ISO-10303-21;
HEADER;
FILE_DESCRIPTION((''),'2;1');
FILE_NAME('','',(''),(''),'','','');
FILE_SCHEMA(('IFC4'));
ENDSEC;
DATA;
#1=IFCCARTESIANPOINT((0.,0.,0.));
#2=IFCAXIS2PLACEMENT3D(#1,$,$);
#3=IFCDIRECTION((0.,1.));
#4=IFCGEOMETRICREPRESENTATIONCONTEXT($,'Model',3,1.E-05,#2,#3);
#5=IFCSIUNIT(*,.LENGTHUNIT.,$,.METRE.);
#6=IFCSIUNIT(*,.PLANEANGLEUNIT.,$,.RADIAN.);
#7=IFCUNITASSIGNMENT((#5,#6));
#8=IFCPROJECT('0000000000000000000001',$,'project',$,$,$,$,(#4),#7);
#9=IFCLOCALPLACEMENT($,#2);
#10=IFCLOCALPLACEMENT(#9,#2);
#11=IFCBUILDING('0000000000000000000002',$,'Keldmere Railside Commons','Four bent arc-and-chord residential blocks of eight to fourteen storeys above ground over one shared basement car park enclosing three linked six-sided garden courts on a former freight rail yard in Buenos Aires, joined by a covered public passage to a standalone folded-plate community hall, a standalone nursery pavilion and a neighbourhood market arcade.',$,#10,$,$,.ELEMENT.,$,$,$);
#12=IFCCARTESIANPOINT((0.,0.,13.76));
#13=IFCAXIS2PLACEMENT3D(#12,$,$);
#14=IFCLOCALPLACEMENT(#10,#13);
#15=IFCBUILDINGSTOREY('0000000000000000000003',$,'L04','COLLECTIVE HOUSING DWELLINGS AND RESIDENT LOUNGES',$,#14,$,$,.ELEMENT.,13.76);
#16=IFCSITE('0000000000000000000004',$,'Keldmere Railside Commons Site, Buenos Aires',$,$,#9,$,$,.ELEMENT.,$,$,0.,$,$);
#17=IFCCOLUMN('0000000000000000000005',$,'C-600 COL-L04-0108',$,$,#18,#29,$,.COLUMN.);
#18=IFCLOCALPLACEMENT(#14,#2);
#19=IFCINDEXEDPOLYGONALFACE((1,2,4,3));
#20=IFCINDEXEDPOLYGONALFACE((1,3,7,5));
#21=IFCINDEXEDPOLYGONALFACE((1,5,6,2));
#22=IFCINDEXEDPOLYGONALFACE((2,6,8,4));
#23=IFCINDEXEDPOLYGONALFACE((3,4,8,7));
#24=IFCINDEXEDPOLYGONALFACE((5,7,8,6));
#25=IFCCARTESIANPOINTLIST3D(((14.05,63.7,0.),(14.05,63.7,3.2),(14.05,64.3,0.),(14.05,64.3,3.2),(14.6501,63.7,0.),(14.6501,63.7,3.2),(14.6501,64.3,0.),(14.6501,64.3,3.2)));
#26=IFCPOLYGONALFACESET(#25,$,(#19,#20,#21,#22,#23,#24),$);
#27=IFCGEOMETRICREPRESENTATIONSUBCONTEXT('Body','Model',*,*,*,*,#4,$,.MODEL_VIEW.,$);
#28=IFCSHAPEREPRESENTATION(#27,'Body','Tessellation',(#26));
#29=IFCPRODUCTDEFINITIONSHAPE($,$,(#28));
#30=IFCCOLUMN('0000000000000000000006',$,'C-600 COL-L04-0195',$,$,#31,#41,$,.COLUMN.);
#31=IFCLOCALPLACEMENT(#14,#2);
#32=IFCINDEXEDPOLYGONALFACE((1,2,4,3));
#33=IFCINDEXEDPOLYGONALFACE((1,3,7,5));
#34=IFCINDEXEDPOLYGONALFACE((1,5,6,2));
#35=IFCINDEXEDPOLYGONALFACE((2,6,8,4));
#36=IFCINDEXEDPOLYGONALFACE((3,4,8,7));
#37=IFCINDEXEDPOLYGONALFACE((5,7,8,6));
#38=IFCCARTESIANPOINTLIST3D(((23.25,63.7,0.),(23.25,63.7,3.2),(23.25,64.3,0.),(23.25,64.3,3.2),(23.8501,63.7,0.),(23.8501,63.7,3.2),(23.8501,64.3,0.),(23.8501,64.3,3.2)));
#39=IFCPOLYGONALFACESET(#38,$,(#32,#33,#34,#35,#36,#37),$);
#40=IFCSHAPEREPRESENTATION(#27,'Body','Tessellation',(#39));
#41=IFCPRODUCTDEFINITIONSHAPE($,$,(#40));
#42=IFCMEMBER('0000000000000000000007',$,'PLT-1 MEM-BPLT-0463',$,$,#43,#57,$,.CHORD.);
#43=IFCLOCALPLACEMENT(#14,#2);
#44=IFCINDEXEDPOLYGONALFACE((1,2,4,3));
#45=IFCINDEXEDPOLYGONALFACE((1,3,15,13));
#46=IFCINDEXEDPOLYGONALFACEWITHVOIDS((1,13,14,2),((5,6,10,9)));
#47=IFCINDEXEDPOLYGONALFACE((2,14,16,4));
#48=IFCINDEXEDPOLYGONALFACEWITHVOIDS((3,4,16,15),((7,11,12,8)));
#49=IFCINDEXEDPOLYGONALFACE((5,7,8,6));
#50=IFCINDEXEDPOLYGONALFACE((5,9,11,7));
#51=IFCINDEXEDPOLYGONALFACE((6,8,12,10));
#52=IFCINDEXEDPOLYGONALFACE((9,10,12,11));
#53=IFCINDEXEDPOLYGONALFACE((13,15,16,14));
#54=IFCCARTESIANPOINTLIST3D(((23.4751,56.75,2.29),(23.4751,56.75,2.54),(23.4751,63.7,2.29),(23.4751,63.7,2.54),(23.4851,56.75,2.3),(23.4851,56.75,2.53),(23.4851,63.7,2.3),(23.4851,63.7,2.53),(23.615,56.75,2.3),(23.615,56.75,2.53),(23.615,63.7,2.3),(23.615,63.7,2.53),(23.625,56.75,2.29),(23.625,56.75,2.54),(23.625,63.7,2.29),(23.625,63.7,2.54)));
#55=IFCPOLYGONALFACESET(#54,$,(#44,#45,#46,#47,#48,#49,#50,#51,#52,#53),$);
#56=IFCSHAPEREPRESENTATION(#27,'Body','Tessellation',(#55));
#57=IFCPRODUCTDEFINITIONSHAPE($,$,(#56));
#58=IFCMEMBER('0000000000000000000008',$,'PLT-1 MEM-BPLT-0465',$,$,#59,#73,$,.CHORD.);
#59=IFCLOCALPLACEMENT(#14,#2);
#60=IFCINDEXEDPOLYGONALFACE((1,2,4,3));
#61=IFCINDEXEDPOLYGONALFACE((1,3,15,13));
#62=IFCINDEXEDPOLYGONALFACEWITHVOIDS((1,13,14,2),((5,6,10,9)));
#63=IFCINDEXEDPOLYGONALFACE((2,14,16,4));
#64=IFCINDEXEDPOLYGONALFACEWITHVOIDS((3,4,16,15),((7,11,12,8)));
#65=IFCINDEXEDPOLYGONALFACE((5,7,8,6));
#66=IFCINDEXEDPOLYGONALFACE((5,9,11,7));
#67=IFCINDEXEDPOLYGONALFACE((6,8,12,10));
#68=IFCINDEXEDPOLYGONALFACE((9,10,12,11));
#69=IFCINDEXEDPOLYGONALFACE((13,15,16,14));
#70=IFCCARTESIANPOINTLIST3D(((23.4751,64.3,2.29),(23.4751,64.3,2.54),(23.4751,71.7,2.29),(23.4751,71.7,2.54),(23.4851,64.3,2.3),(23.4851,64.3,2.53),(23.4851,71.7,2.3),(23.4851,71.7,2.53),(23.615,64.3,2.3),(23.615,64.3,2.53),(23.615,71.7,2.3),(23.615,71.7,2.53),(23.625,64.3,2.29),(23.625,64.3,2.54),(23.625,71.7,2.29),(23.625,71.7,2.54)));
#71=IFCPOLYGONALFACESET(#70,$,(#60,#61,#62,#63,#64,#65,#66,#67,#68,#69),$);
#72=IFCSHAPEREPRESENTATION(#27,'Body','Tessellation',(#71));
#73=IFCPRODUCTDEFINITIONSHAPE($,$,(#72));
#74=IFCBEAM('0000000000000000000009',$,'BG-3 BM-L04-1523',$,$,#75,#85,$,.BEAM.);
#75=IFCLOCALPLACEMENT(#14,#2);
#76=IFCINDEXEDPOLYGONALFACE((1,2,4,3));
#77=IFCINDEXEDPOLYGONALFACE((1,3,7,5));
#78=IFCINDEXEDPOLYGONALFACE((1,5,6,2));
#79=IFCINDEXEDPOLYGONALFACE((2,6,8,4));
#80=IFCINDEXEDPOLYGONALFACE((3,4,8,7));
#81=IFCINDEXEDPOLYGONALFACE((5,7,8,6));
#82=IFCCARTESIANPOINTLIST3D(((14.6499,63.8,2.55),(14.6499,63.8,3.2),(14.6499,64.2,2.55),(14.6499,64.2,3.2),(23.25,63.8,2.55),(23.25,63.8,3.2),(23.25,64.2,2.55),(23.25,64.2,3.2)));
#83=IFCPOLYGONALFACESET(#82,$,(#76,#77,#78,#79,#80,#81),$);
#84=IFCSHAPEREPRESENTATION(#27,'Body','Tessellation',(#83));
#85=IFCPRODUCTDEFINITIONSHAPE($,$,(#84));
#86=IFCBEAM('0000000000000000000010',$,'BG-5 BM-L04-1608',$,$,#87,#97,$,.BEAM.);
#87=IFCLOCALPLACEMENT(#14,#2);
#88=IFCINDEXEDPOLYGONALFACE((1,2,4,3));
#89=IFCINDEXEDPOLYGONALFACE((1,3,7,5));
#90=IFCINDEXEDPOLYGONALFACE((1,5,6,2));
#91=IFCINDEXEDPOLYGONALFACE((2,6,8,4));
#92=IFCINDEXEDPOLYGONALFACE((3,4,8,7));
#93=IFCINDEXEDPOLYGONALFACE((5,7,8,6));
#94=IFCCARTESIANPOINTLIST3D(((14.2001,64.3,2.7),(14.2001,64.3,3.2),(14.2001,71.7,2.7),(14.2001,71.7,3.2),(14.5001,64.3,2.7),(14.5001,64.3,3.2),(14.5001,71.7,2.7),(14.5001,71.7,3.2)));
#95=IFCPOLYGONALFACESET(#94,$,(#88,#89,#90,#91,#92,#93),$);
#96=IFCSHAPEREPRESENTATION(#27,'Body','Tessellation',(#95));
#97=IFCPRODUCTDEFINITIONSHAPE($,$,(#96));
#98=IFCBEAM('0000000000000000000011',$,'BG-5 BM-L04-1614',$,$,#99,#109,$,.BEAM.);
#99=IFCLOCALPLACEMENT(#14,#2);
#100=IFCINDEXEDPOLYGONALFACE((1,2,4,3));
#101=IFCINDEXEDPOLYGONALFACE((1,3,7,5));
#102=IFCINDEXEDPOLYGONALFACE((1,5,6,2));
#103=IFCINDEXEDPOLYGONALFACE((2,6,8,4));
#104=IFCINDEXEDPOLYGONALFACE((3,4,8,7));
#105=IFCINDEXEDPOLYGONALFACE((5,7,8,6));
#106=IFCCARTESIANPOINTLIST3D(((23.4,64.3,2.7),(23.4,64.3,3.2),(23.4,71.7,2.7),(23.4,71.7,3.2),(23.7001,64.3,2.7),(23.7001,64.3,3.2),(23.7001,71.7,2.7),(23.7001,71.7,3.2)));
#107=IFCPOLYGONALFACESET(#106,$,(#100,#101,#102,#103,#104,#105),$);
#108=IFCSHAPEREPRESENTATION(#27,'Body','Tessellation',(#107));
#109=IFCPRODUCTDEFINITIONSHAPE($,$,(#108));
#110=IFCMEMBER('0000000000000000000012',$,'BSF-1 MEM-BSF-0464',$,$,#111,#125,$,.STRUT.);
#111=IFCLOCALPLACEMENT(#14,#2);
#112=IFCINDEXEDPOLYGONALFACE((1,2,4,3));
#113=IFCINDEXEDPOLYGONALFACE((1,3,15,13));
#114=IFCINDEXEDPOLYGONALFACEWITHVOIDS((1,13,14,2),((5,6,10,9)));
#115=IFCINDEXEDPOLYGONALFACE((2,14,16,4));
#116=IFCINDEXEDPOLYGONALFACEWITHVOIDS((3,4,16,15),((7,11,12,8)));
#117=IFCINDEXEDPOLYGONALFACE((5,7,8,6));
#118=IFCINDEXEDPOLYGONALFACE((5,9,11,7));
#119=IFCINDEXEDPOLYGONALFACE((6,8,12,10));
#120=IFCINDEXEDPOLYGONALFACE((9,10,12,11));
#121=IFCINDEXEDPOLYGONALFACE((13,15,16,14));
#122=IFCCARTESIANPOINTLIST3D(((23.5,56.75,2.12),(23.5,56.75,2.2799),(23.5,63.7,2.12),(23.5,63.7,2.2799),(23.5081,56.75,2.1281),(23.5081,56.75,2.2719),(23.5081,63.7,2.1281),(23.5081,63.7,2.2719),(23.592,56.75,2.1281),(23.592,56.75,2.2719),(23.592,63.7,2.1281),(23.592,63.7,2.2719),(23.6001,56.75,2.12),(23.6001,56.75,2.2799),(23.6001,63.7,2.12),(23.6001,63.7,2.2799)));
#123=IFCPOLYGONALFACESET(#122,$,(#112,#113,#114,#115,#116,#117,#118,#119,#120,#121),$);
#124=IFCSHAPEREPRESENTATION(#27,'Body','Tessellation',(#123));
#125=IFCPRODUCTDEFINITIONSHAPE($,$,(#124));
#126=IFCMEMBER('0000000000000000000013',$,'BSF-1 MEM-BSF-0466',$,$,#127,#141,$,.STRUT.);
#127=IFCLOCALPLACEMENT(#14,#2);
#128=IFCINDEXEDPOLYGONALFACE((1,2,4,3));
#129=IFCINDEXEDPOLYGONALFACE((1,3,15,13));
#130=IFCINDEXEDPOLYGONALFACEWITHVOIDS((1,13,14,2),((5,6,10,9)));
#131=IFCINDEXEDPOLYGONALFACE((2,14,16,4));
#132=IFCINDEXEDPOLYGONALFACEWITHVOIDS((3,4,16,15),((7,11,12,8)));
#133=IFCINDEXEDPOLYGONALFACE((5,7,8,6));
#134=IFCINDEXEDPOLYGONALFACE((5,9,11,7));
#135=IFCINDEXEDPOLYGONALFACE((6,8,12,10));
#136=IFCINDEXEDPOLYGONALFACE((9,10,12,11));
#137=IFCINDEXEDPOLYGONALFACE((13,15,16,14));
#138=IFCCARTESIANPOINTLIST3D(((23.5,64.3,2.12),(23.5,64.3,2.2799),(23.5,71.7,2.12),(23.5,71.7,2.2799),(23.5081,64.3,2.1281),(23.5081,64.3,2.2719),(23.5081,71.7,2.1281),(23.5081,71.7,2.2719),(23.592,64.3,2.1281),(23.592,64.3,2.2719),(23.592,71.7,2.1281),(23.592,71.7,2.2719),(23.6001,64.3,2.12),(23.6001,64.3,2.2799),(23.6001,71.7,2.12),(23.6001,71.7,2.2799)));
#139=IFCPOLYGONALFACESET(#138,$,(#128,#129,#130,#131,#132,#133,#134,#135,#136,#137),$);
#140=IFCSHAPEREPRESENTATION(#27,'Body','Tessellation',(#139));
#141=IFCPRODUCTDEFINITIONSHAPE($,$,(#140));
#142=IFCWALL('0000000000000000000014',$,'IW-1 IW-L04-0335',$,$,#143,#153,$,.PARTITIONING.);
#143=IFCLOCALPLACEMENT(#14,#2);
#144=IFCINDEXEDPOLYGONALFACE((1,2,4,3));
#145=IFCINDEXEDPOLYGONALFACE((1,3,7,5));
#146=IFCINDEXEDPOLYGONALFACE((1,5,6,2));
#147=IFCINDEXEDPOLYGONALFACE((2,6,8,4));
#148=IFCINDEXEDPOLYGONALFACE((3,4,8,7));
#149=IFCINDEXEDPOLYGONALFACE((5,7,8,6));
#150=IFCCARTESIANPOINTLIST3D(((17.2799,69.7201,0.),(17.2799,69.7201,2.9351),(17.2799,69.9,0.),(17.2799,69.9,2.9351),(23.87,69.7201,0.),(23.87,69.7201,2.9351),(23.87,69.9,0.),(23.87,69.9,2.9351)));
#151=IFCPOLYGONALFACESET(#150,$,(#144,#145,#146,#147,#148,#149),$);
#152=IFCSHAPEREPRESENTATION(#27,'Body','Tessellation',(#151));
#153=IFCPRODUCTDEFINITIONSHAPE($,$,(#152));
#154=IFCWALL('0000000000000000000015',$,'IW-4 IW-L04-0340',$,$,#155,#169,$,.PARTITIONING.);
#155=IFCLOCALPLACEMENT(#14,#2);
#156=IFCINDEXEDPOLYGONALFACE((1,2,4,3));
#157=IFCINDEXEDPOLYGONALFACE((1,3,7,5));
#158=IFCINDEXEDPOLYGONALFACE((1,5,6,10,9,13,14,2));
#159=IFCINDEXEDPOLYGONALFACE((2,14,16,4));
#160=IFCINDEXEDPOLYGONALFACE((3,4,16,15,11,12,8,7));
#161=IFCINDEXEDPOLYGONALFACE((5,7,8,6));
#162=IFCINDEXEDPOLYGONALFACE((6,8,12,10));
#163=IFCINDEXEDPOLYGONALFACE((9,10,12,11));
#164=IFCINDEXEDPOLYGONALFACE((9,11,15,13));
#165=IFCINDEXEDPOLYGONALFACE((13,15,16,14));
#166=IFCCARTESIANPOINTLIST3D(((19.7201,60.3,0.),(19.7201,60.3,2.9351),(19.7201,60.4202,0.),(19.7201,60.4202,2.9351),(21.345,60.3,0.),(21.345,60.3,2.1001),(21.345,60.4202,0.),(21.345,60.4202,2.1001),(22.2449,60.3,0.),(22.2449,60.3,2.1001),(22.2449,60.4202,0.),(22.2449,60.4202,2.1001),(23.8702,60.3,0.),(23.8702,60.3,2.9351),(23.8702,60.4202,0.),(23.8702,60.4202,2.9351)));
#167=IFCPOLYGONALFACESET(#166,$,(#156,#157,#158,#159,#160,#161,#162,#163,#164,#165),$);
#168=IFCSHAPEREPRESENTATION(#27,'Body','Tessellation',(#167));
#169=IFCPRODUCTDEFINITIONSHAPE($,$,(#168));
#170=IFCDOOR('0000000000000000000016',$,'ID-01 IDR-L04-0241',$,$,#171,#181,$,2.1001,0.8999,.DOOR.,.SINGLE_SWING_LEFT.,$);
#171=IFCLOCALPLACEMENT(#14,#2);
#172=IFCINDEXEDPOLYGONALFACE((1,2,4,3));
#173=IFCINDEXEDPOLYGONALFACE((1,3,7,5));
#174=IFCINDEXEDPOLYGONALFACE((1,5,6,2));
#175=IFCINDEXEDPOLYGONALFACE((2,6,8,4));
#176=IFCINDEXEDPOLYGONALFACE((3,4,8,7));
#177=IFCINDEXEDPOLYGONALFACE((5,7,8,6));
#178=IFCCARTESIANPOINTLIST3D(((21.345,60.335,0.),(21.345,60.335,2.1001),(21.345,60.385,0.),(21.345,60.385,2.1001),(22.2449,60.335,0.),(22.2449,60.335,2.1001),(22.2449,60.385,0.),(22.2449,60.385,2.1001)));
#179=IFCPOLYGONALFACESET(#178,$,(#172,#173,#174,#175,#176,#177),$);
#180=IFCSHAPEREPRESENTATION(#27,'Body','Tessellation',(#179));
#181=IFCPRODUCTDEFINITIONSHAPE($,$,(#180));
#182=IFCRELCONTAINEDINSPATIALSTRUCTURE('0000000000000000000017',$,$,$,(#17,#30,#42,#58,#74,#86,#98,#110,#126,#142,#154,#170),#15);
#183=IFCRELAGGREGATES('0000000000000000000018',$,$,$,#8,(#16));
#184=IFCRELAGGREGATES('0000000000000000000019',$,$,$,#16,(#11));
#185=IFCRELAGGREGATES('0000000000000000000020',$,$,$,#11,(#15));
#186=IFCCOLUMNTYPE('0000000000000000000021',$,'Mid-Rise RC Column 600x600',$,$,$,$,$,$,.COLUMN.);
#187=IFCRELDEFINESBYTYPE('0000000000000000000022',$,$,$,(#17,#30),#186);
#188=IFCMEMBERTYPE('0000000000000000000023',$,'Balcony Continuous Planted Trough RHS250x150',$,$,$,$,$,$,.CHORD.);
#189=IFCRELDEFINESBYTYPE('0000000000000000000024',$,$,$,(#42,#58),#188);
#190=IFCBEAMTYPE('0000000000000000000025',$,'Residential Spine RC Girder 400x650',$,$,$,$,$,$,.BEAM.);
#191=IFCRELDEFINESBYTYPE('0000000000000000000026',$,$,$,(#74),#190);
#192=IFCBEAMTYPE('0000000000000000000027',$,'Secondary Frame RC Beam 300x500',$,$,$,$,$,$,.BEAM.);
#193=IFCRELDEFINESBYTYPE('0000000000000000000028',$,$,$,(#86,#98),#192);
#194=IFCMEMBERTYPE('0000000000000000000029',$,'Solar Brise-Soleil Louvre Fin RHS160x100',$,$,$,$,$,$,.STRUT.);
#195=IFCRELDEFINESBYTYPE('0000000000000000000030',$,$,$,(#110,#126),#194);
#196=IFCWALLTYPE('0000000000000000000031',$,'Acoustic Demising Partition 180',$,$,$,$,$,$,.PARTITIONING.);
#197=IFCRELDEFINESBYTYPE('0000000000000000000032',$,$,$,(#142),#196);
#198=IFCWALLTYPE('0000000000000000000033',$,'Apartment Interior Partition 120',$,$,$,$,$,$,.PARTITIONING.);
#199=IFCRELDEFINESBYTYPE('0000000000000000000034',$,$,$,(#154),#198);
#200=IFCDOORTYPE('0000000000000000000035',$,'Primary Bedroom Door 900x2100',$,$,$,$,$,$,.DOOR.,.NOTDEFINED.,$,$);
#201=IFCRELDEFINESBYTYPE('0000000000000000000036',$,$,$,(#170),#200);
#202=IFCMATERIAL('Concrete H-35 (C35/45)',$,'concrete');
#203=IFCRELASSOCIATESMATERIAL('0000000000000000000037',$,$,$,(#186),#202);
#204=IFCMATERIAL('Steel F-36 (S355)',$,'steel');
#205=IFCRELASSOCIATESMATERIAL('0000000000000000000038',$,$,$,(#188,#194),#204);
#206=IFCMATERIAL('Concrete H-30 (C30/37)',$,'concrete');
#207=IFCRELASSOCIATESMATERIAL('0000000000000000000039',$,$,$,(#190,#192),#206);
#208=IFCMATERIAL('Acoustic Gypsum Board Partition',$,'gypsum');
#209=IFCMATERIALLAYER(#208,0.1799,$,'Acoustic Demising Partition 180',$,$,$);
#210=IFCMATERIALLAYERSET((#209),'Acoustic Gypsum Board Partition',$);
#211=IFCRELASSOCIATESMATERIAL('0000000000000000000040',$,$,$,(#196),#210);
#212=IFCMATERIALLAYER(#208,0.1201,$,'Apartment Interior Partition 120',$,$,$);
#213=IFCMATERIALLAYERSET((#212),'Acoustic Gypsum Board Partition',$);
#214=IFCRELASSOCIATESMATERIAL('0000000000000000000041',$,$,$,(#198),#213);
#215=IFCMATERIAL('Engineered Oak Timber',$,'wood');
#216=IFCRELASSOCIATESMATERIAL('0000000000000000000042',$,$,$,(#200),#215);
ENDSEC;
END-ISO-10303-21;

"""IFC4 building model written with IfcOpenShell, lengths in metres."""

from ifc_helpers import new_model, si_unit, direction, frame, frame_2d, origin, origin_2d, place, context, subcontext, project, spatial, rectangle, hollow_rectangle, extrude, material, layer, layer_set, material_profile, profile_set, type_object, element, fill, save


model = new_model("IFC4")

# Units and contexts
model_context = context("Model", 3, precision=1e-05, world=origin(), true_north=direction((0.0, 1.0)))
body_context = subcontext(model_context, "Body", "Model", "MODEL_VIEW")
ifc_project = project(units=[si_unit("LENGTHUNIT", "METRE"), si_unit("PLANEANGLEUNIT", "RADIAN")], contexts=[model_context])

# Site, building, storey
site_placement = place(None, origin())
site = spatial("IfcSite", under=ifc_project, at=site_placement, Name="Keldmere Railside Commons Site, Buenos Aires", CompositionType="ELEMENT", RefElevation=0.0)
building_placement = place(site_placement, origin())
building = spatial("IfcBuilding", under=site, at=building_placement, Name="Keldmere Railside Commons", Description="Four bent arc-and-chord residential blocks of eight to fourteen storeys above ground over one shared basement car park enclosing three linked six-sided garden courts on a former freight rail yard in Buenos Aires, joined by a covered public passage to a standalone folded-plate community hall, a standalone nursery pavilion and a neighbourhood market arcade.", CompositionType="ELEMENT")
storey_placement = place(building_placement, frame((0.0, 0.0, 13.76)))
storey = spatial("IfcBuildingStorey", under=building, at=storey_placement, Name="L04", Description="COLLECTIVE HOUSING DWELLINGS AND RESIDENT LOUNGES", CompositionType="ELEMENT", Elevation=13.76)

# Columns
ifc_material_1 = material(Name="Concrete H-35 (C35/45)", Category="concrete")
ifc_material_profile_1 = material_profile(ifc_material_1, rectangle(XDim=0.6001, YDim=0.6001, at=origin_2d()), Name="RC-600x600")
ifc_profile_set_1 = profile_set([ifc_material_profile_1], Name="Concrete H-35 (C35/45)")
column_type = type_object("IfcColumnType", Name="Mid-Rise RC Column 600x600", PredefinedType="COLUMN", material=ifc_profile_set_1)
for number, where, z_axis, x_axis, name in (
    (1, (14.3501, 64.0, 0.0), (0.0, 0.0, 1.0), (1.0, 0.0, 0.0), "C-600 COL-L04-0108"),
    (2, (23.55, 64.0, 0.0), (0.0, 0.0, 1.0), (1.0, 0.0, 0.0), "C-600 COL-L04-0195"),
):
    element("IfcColumn", number, at=place(storey_placement, frame(where, z_axis=z_axis, x_axis=x_axis)), inside=storey, type_object=column_type, Name=name, PredefinedType="COLUMN", context=body_context, shape_type="SweptSolid", body=[
        extrude(rectangle(XDim=0.6001, YDim=0.6001, at=origin_2d()), origin(), (0.0, 0.0, 1.0), 3.2),
    ])

# Members
ifc_material_2 = material(Name="Steel F-36 (S355)", Category="steel")
ifc_material_profile_2 = material_profile(ifc_material_2, hollow_rectangle(XDim=0.1499, YDim=0.25, WallThickness=0.01, at=origin_2d()), Name="RHS-250x150x10")
ifc_profile_set_2 = profile_set([ifc_material_profile_2], Name="Steel F-36 (S355)")
member_type_1 = type_object("IfcMemberType", Name="Balcony Continuous Planted Trough RHS250x150", PredefinedType="CHORD", material=ifc_profile_set_2)
member_1_placement = place(storey_placement, frame((23.55, 56.75, 2.415), z_axis=(0.0, 1.0, 0.0), x_axis=(-1.0, 0.0, 0.0)))
element("IfcMember", 3, at=member_1_placement, inside=storey, type_object=member_type_1, Name="PLT-1 MEM-BPLT-0463", PredefinedType="CHORD", context=body_context, shape_type="SweptSolid", body=[
    extrude(hollow_rectangle(XDim=0.1499, YDim=0.25, WallThickness=0.01, at=origin_2d()), origin(), (0.0, 0.0, 1.0), 6.95),
])
member_2_placement = place(storey_placement, frame((23.55, 64.3, 2.415), z_axis=(0.0, 1.0, 0.0), x_axis=(-1.0, 0.0, 0.0)))
element("IfcMember", 4, at=member_2_placement, inside=storey, type_object=member_type_1, Name="PLT-1 MEM-BPLT-0465", PredefinedType="CHORD", context=body_context, shape_type="SweptSolid", body=[
    extrude(hollow_rectangle(XDim=0.1499, YDim=0.25, WallThickness=0.01, at=origin_2d()), origin(), (0.0, 0.0, 1.0), 7.3999),
])

# Beams
ifc_material_3 = material(Name="Concrete H-30 (C30/37)", Category="concrete")
ifc_material_profile_3 = material_profile(ifc_material_3, rectangle(XDim=0.3999, YDim=0.6499, at=origin_2d()), Name="RC-400x650")
ifc_profile_set_3 = profile_set([ifc_material_profile_3], Name="Concrete H-30 (C30/37)")
beam_type_1 = type_object("IfcBeamType", Name="Residential Spine RC Girder 400x650", PredefinedType="BEAM", material=ifc_profile_set_3)
beam_placement = place(storey_placement, frame((14.6499, 64.0, 2.875), z_axis=(1.0, 0.0, 0.0), x_axis=(0.0, 1.0, 0.0)))
element("IfcBeam", 5, at=beam_placement, inside=storey, type_object=beam_type_1, Name="BG-3 BM-L04-1523", PredefinedType="BEAM", context=body_context, shape_type="SweptSolid", body=[
    extrude(rectangle(XDim=0.3999, YDim=0.6499, at=origin_2d()), origin(), (0.0, 0.0, 1.0), 8.6001),
])
ifc_material_profile_4 = material_profile(ifc_material_3, rectangle(XDim=0.3, YDim=0.5, at=origin_2d()), Name="RC-300x500")
ifc_profile_set_4 = profile_set([ifc_material_profile_4], Name="Concrete H-30 (C30/37)")
beam_type_2 = type_object("IfcBeamType", Name="Secondary Frame RC Beam 300x500", PredefinedType="BEAM", material=ifc_profile_set_4)
for number, where, z_axis, x_axis, name in (
    (6, (14.3501, 64.3, 2.95), (0.0, 1.0, 0.0), (-1.0, 0.0, 0.0), "BG-5 BM-L04-1608"),
    (7, (23.55, 64.3, 2.95), (0.0, 1.0, 0.0), (-1.0, 0.0, 0.0), "BG-5 BM-L04-1614"),
):
    element("IfcBeam", number, at=place(storey_placement, frame(where, z_axis=z_axis, x_axis=x_axis)), inside=storey, type_object=beam_type_2, Name=name, PredefinedType="BEAM", context=body_context, shape_type="SweptSolid", body=[
        extrude(rectangle(XDim=0.3, YDim=0.5, at=origin_2d()), origin(), (0.0, 0.0, 1.0), 7.3999),
    ])

# Members
ifc_material_profile_5 = material_profile(ifc_material_2, hollow_rectangle(XDim=0.1001, YDim=0.1599, WallThickness=0.0081, at=origin_2d()), Name="RHS-160x100x8")
ifc_profile_set_5 = profile_set([ifc_material_profile_5], Name="Steel F-36 (S355)")
member_type_2 = type_object("IfcMemberType", Name="Solar Brise-Soleil Louvre Fin RHS160x100", PredefinedType="STRUT", material=ifc_profile_set_5)
member_3_placement = place(storey_placement, frame((23.55, 56.75, 2.2), z_axis=(0.0, 1.0, 0.0), x_axis=(-1.0, 0.0, 0.0)))
element("IfcMember", 8, at=member_3_placement, inside=storey, type_object=member_type_2, Name="BSF-1 MEM-BSF-0464", PredefinedType="STRUT", context=body_context, shape_type="SweptSolid", body=[
    extrude(hollow_rectangle(XDim=0.1001, YDim=0.1599, WallThickness=0.0081, at=origin_2d()), origin(), (0.0, 0.0, 1.0), 6.95),
])
member_4_placement = place(storey_placement, frame((23.55, 64.3, 2.2), z_axis=(0.0, 1.0, 0.0), x_axis=(-1.0, 0.0, 0.0)))
element("IfcMember", 9, at=member_4_placement, inside=storey, type_object=member_type_2, Name="BSF-1 MEM-BSF-0466", PredefinedType="STRUT", context=body_context, shape_type="SweptSolid", body=[
    extrude(hollow_rectangle(XDim=0.1001, YDim=0.1599, WallThickness=0.0081, at=origin_2d()), origin(), (0.0, 0.0, 1.0), 7.3999),
])

# Wall
ifc_material_4 = material(Name="Acoustic Gypsum Board Partition", Category="gypsum")
ifc_layer_1 = layer(ifc_material_4, 0.1799, Name="Acoustic Demising Partition 180")
ifc_layer_set_1 = layer_set([ifc_layer_1], Name="Acoustic Gypsum Board Partition")
wall_type_1 = type_object("IfcWallType", Name="Acoustic Demising Partition 180", PredefinedType="PARTITIONING", material=ifc_layer_set_1)
wall_1_placement = place(storey_placement, frame((17.28, 69.8101, 0.0), z_axis=(0.0, 0.0, 1.0), x_axis=(1.0, 0.0, 0.0)))
element("IfcWall", 10, at=wall_1_placement, inside=storey, type_object=wall_type_1, Name="IW-1 IW-L04-0335", PredefinedType="PARTITIONING", context=body_context, shape_type="SweptSolid", body=[
    extrude(rectangle(XDim=6.5901, YDim=0.1799, at=frame_2d((3.2949, 0.0))), origin(), (0.0, 0.0, 1.0), 2.9351),
])

# Wall, opening, door
ifc_layer_2 = layer(ifc_material_4, 0.1201, Name="Apartment Interior Partition 120")
ifc_layer_set_2 = layer_set([ifc_layer_2], Name="Acoustic Gypsum Board Partition")
wall_type_2 = type_object("IfcWallType", Name="Apartment Interior Partition 120", PredefinedType="PARTITIONING", material=ifc_layer_set_2)
wall_2_placement = place(storey_placement, frame((19.72, 60.3601, 0.0), z_axis=(0.0, 0.0, 1.0), x_axis=(1.0, 0.0, 0.0)))
wall_2 = element("IfcWall", 11, at=wall_2_placement, inside=storey, type_object=wall_type_2, Name="IW-4 IW-L04-0340", PredefinedType="PARTITIONING", context=body_context, shape_type="SweptSolid", body=[
    extrude(rectangle(XDim=4.1501, YDim=0.1201, at=frame_2d((2.0752, 0.0))), origin(), (0.0, 0.0, 1.0), 2.9351),
])
opening_1_placement = place(wall_2_placement, frame((1.625, 0.0, 0.0)))
opening_1 = element("IfcOpeningElement", 12, at=opening_1_placement, cuts=wall_2, PredefinedType="OPENING", context=body_context, shape_type="SweptSolid", body=[
    extrude(rectangle(XDim=0.8999, YDim=2.1001, at=frame_2d((0.45, 1.05))), frame((0.0, 0.0701, 0.0), z_axis=(0.0, -1.0, 0.0), x_axis=(1.0, 0.0, 0.0)), (0.0, 0.0, 1.0), 0.1401),
])
ifc_material_5 = material(Name="Engineered Oak Timber", Category="wood")
door_type_1 = type_object("IfcDoorType", Name="Primary Bedroom Door 900x2100", OperationType="NOTDEFINED", PredefinedType="DOOR", material=ifc_material_5)
door_1_placement = place(opening_1_placement, origin())
door_1 = element("IfcDoor", 13, at=door_1_placement, inside=storey, type_object=door_type_1, Name="ID-01 IDR-L04-0241", OperationType="SINGLE_SWING_LEFT", OverallHeight=2.1001, OverallWidth=0.8999, PredefinedType="DOOR", context=body_context, shape_type="SweptSolid", body=[
    extrude(rectangle(XDim=0.8999, YDim=2.1001, at=frame_2d((0.45, 1.05))), frame((0.0, 0.0249, 0.0), z_axis=(0.0, -1.0, 0.0), x_axis=(1.0, 0.0, 0.0)), (0.0, 0.0, 1.0), 0.05),
])
fill(opening_1, door_1)

save(model, "model.ifc")
